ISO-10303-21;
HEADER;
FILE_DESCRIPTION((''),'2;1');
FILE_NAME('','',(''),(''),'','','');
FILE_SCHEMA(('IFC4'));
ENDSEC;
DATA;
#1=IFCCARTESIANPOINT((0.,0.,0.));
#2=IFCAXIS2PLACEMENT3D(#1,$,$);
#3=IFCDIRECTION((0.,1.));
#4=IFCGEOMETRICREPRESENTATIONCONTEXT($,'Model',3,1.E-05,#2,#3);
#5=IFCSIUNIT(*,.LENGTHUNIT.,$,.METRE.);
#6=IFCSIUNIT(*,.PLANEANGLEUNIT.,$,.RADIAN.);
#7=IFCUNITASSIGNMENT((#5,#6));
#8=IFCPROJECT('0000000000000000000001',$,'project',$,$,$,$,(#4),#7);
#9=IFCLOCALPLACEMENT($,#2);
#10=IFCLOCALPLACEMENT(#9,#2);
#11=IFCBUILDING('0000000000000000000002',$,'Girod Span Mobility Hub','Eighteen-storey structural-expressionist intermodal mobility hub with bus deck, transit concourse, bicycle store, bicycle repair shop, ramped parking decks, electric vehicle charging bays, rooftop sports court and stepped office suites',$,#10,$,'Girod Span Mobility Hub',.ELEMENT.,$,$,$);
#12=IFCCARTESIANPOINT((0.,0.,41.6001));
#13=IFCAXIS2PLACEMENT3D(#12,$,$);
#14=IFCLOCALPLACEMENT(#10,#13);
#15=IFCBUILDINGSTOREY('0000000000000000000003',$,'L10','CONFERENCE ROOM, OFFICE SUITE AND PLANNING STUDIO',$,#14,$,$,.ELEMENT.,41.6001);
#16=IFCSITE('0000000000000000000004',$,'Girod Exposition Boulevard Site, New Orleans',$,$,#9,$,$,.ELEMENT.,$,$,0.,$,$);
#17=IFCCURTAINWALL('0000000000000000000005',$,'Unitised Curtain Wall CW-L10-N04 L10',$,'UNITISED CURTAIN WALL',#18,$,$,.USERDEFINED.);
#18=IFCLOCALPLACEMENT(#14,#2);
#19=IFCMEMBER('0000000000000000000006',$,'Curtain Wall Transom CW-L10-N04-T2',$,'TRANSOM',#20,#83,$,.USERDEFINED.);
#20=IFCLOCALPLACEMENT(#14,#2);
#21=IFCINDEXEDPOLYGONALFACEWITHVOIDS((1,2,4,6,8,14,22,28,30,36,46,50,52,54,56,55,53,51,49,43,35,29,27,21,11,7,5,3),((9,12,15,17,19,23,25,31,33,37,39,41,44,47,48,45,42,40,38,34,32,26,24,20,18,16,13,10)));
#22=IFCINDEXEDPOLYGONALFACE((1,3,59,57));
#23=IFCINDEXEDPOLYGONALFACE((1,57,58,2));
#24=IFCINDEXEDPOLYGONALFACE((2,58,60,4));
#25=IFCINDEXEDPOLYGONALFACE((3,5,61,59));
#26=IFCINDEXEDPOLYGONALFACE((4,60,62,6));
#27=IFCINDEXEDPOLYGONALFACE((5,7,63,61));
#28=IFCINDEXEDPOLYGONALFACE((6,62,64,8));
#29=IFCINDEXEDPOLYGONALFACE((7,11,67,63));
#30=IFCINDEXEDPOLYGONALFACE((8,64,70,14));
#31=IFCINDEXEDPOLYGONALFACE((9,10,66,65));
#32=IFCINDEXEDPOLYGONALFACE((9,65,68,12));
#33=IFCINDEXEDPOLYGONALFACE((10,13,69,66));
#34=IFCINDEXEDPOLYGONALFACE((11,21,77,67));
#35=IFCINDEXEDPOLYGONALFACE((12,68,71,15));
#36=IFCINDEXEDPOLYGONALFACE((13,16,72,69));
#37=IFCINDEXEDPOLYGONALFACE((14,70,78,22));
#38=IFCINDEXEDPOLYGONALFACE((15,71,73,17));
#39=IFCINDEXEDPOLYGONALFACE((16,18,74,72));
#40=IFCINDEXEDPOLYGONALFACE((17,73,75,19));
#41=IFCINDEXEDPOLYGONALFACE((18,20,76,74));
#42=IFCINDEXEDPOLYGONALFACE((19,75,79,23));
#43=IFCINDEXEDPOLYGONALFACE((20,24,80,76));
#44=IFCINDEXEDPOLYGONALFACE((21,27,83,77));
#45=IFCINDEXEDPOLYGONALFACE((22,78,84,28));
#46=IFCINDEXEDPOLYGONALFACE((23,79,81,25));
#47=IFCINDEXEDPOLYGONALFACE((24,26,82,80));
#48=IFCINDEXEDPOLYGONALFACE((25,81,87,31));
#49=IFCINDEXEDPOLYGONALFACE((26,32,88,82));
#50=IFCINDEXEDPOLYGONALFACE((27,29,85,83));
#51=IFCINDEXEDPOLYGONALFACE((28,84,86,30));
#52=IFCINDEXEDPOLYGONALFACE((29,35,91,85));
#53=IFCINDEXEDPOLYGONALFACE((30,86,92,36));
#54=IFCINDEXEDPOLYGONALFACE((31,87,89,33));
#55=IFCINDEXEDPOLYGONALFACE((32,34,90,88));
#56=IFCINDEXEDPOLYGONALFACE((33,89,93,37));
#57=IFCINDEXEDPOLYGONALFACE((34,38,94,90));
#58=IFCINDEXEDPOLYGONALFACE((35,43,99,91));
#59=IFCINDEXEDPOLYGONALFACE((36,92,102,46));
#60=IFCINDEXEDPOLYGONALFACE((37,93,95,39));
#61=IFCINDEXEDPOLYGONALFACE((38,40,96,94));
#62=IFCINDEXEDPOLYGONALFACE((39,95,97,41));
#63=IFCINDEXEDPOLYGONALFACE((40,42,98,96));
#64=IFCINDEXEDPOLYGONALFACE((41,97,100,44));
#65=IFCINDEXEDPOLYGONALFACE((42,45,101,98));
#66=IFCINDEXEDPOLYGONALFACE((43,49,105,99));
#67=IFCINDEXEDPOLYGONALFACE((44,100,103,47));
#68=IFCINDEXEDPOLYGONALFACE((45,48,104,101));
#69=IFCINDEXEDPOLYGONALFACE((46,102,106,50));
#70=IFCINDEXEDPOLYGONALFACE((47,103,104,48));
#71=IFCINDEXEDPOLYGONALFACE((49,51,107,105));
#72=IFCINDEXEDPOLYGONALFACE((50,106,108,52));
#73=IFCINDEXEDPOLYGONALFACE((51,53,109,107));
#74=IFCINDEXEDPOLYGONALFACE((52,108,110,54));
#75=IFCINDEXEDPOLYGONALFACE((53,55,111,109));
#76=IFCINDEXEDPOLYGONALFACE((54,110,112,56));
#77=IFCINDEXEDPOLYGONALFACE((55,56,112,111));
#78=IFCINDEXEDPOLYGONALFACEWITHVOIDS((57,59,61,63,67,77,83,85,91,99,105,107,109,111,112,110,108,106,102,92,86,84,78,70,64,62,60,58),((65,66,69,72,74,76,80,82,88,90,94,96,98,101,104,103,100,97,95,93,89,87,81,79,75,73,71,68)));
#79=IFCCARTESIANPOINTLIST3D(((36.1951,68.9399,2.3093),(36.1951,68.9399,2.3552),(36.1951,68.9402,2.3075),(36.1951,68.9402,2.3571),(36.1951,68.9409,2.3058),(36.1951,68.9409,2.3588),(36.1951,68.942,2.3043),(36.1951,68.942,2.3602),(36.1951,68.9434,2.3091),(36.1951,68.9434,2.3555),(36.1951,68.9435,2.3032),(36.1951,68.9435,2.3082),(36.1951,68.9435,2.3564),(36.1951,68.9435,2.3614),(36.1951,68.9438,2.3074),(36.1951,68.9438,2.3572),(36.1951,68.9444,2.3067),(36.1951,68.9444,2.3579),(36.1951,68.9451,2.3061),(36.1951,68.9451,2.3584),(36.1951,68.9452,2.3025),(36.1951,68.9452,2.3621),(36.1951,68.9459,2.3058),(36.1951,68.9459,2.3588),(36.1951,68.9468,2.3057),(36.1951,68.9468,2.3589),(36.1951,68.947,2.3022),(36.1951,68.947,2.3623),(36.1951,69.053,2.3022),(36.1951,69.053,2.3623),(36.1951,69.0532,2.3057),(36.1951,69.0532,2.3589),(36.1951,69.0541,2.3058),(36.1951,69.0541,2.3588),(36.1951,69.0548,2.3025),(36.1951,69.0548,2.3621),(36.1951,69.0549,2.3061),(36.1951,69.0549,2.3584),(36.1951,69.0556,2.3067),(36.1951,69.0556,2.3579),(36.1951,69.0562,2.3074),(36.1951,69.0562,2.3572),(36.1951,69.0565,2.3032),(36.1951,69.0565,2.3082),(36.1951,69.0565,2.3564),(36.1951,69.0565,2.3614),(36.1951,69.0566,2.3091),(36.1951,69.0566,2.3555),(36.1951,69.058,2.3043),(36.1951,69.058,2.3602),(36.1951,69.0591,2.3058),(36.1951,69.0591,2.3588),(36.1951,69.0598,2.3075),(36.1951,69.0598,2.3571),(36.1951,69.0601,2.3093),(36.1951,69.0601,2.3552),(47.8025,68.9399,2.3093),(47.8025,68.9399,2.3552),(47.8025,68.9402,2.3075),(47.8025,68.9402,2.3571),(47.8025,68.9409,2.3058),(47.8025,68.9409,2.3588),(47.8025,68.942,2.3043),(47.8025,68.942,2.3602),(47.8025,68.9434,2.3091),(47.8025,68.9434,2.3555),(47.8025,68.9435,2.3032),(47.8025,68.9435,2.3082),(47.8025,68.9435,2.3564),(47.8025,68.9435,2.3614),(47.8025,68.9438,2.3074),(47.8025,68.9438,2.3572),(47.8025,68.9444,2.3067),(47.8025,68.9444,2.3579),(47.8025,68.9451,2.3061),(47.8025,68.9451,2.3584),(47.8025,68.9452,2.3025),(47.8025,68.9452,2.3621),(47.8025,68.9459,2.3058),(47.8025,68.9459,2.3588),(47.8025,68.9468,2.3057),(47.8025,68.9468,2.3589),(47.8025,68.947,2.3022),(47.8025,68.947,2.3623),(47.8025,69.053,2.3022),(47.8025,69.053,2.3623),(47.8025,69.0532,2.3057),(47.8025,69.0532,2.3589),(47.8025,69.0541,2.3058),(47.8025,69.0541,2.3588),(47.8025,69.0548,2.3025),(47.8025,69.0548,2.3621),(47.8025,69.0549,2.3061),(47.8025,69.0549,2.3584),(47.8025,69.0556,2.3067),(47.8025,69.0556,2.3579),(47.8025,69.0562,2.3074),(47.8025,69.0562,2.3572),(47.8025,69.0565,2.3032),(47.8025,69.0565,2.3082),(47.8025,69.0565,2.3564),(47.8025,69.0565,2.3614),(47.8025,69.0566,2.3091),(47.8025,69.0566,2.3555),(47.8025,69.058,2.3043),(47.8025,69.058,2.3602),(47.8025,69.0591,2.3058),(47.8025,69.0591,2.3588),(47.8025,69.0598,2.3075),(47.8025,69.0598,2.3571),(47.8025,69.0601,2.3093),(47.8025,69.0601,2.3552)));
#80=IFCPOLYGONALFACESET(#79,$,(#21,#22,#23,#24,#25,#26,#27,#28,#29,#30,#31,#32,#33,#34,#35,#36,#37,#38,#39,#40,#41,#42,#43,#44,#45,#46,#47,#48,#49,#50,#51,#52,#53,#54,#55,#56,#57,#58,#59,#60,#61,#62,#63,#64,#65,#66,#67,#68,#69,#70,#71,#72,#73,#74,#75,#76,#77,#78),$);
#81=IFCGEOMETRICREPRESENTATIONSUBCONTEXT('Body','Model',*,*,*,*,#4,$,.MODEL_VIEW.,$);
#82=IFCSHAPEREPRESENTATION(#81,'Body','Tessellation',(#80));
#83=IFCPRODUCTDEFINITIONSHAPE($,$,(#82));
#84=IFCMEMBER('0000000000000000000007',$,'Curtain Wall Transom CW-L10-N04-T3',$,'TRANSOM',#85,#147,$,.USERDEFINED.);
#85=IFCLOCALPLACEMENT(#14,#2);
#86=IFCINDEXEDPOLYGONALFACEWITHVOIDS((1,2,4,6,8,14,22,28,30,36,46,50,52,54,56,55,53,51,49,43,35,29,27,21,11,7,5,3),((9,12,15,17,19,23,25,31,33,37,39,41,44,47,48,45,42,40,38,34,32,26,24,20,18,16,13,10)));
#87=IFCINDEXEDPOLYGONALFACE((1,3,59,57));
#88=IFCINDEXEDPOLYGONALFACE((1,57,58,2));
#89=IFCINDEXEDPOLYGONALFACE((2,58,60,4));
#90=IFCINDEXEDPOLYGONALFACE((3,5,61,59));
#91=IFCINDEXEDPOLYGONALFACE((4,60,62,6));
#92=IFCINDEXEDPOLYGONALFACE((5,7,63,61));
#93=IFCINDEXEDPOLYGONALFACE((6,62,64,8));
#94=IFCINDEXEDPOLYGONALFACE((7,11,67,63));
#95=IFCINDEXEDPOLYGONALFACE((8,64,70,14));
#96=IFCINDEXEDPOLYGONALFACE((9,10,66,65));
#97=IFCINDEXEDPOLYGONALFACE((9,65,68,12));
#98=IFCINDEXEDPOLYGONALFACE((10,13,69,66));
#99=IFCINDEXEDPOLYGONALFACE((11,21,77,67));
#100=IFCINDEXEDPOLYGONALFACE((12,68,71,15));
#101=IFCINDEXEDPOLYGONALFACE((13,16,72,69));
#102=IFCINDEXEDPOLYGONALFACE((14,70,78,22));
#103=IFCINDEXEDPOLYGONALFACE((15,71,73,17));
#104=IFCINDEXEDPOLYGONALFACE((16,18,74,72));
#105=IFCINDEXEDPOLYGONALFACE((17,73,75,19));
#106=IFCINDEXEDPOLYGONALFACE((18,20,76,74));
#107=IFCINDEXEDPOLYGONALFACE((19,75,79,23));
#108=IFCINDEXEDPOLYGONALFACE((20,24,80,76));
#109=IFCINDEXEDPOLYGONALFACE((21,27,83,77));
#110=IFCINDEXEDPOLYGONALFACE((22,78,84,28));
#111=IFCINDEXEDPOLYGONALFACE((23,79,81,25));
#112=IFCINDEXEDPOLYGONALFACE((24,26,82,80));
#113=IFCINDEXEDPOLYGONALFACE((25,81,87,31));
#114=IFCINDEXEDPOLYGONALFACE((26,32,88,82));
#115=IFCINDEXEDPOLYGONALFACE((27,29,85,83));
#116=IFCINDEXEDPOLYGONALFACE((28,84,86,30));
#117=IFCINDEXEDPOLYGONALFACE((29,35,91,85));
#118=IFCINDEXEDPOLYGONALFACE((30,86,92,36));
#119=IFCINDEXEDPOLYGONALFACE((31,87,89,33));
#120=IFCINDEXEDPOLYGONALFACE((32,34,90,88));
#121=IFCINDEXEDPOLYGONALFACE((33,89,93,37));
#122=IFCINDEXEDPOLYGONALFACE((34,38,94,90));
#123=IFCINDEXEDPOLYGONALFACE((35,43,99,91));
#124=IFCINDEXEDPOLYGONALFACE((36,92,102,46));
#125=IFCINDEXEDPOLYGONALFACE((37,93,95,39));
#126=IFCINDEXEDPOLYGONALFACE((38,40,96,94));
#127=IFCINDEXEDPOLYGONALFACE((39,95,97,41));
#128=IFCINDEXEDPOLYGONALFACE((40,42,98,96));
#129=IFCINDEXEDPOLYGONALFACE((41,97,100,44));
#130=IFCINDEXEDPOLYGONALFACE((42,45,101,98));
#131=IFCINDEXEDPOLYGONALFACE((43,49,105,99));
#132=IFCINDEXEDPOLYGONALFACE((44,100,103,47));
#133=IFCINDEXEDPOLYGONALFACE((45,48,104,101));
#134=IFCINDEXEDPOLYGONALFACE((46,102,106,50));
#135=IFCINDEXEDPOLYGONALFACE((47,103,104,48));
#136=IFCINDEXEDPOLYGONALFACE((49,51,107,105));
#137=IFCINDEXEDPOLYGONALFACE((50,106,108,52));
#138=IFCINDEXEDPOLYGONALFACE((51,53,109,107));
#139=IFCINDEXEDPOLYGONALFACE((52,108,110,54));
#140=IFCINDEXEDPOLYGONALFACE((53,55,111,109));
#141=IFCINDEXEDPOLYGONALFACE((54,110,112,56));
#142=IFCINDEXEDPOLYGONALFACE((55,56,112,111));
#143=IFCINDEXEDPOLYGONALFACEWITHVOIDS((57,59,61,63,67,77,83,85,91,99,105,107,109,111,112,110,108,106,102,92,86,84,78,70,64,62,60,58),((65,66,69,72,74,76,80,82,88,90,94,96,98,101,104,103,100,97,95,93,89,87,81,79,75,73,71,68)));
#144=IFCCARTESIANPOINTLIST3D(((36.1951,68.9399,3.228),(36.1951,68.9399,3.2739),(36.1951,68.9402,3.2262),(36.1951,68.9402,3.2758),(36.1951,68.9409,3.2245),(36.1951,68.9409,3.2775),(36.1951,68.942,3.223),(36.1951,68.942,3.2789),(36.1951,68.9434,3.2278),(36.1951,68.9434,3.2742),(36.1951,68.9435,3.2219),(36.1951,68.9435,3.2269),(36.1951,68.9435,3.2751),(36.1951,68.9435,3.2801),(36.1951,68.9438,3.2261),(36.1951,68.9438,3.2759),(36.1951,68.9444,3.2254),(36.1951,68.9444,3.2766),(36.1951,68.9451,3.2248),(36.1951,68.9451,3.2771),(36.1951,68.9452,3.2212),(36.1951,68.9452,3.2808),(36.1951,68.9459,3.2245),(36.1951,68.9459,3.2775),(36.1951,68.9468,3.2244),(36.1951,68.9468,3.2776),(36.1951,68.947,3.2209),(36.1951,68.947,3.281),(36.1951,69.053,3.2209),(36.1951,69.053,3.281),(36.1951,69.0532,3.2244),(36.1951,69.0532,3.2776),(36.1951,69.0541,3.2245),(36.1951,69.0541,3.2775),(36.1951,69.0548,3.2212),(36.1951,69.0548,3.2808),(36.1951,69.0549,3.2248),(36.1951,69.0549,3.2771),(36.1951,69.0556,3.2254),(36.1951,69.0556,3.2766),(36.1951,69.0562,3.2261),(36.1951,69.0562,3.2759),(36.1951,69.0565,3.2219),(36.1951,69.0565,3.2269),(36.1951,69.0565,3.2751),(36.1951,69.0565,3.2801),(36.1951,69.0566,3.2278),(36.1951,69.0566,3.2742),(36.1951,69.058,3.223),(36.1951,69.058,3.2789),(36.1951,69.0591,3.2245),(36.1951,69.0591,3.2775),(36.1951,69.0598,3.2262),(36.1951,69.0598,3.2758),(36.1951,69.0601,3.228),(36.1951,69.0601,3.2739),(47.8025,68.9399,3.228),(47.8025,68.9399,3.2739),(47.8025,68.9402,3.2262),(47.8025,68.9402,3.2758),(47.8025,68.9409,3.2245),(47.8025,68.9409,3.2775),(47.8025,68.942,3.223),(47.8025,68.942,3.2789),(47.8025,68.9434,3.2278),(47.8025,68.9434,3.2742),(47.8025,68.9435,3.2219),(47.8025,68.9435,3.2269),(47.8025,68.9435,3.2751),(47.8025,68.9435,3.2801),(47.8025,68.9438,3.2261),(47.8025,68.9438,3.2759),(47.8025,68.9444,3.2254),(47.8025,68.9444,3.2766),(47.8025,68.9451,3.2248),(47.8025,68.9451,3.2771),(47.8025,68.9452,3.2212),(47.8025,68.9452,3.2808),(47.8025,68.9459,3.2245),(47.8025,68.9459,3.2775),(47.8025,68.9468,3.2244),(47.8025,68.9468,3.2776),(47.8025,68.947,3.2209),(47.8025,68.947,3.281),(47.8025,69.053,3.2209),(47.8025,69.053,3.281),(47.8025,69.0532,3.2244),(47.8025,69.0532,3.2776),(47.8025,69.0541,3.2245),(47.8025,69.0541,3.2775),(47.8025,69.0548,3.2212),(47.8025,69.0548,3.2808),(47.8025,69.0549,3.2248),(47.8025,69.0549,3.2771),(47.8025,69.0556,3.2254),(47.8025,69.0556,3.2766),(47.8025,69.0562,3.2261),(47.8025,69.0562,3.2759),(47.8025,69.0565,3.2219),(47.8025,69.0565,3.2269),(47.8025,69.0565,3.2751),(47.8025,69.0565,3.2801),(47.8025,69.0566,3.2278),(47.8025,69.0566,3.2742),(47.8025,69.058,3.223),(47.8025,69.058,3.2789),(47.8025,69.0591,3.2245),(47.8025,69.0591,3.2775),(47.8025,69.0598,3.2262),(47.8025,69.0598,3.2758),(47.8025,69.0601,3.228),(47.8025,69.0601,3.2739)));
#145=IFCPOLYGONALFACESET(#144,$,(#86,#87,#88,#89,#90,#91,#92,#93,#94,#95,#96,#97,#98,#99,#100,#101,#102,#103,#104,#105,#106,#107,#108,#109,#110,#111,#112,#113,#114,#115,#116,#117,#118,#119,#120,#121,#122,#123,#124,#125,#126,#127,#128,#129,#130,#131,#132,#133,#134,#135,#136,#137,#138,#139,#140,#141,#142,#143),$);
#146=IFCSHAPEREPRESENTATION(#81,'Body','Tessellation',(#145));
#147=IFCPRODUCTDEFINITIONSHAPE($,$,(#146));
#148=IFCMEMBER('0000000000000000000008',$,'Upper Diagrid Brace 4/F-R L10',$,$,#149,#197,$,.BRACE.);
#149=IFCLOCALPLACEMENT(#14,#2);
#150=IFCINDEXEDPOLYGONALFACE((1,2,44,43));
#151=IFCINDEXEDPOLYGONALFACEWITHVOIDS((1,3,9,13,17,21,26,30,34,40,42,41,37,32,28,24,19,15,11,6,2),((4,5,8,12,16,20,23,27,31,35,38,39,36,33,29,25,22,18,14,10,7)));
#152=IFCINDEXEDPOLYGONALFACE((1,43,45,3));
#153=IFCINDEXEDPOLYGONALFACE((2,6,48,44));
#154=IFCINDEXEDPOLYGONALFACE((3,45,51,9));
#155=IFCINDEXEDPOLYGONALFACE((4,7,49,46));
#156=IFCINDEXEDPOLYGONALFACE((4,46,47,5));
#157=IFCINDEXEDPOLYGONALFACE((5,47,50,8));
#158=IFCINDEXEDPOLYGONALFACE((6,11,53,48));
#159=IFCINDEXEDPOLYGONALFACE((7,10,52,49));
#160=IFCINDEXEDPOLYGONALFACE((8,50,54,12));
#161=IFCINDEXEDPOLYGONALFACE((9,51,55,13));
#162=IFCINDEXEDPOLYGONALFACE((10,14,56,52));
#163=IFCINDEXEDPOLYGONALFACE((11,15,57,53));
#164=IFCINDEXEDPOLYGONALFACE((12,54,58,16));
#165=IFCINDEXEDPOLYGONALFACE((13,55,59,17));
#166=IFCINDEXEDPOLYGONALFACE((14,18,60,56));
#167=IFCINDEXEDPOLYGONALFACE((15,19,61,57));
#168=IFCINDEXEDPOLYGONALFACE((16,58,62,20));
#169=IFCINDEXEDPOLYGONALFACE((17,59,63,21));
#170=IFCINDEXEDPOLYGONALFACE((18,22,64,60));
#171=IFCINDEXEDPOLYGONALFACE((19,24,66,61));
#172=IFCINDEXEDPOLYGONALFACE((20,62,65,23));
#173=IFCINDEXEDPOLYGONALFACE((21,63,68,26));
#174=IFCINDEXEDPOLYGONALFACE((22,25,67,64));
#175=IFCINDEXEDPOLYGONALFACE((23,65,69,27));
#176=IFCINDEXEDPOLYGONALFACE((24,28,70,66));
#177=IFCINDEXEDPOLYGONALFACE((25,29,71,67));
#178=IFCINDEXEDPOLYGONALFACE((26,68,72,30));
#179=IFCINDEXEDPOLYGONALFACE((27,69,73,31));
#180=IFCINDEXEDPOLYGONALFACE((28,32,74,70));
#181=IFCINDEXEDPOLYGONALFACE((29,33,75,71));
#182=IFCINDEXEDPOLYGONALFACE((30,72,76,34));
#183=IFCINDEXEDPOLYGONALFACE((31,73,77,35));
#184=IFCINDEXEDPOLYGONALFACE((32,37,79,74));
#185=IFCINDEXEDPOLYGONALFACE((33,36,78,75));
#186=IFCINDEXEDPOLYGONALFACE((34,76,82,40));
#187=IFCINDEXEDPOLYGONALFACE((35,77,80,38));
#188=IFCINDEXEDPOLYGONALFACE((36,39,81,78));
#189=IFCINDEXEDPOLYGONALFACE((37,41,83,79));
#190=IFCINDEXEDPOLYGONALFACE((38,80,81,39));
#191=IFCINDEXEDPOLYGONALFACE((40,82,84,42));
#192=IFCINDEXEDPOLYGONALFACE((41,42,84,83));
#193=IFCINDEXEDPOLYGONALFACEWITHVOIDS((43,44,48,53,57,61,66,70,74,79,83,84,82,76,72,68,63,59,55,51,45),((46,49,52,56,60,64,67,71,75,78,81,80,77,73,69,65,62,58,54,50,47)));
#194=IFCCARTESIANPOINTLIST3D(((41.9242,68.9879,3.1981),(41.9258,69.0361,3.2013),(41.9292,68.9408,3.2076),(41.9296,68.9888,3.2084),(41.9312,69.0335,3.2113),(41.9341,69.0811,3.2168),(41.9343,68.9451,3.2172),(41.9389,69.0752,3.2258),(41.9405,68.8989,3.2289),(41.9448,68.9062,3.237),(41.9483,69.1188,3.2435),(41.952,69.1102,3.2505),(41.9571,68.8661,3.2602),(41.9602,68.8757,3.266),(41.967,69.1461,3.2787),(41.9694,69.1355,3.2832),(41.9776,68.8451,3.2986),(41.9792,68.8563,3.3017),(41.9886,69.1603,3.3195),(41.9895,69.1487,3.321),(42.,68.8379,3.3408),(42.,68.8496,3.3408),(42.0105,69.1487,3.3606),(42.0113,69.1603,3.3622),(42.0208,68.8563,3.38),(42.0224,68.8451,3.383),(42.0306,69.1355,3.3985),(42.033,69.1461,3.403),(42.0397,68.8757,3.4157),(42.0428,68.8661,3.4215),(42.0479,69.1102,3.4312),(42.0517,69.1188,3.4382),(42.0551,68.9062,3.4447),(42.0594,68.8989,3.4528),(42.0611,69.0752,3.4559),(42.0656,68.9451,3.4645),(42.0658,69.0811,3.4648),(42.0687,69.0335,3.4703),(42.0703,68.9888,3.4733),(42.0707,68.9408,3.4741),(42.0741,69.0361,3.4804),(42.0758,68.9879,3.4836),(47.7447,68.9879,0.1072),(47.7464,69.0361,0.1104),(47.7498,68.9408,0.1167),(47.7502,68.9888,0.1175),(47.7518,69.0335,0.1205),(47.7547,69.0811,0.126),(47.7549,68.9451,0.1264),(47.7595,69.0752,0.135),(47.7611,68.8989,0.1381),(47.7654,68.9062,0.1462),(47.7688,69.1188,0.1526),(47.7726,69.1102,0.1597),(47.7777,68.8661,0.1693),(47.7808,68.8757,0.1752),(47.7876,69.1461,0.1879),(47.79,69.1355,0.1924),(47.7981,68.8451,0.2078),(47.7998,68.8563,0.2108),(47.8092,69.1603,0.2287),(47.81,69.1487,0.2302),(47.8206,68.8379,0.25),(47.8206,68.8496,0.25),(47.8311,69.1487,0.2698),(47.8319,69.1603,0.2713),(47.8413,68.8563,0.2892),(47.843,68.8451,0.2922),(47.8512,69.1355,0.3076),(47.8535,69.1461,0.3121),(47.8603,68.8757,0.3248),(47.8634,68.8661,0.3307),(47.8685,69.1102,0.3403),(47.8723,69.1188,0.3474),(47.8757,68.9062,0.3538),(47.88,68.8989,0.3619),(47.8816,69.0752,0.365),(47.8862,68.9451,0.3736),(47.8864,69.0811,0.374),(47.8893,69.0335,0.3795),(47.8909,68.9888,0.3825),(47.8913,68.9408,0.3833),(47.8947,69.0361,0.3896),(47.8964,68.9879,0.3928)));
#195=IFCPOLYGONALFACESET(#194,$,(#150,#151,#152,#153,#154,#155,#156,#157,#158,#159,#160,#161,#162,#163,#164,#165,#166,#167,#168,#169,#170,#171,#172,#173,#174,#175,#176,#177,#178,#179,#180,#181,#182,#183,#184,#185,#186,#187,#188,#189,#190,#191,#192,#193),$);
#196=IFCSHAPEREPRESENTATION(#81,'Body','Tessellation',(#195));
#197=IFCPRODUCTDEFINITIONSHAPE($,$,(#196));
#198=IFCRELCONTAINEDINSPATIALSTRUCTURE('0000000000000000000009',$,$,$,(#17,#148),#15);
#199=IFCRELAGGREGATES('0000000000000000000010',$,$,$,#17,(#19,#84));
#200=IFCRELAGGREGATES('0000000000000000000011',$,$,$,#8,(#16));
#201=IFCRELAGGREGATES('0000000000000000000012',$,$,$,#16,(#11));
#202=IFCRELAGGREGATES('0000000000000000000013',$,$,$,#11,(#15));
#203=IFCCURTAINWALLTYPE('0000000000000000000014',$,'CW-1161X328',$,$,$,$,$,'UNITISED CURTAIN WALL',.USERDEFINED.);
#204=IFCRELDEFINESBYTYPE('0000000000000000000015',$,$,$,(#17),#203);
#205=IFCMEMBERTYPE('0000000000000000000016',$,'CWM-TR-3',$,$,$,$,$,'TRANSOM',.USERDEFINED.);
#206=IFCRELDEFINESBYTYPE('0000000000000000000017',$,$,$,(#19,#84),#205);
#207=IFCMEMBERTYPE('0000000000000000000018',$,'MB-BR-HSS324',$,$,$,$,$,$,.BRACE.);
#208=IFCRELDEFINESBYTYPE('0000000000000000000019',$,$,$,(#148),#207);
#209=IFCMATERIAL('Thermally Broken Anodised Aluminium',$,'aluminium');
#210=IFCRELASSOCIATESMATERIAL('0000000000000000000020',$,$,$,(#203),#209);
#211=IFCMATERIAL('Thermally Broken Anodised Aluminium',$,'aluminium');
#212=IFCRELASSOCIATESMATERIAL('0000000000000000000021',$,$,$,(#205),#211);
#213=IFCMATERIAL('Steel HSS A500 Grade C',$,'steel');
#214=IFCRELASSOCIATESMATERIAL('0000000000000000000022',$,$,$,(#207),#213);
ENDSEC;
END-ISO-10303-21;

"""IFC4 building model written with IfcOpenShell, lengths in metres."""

from ifc_helpers import new_model, si_unit, direction, frame, origin, origin_2d, place, context, subcontext, project, spatial, hollow_rectangle, hollow_circle, extrude, material, material_profile, profile_set, type_object, element, aggregate, save


model = new_model("IFC4")

# Units and contexts
model_context = context("Model", 3, precision=1e-05, world=origin(), true_north=direction((0.0, 1.0)))
body_context = subcontext(model_context, "Body", "Model", "MODEL_VIEW")
ifc_project = project(units=[si_unit("LENGTHUNIT", "METRE"), si_unit("PLANEANGLEUNIT", "RADIAN")], contexts=[model_context])

# Site, building, storey
site_placement = place(None, origin())
site = spatial("IfcSite", under=ifc_project, at=site_placement, Name="Girod Exposition Boulevard Site, New Orleans", CompositionType="ELEMENT", RefElevation=0.0)
building_placement = place(site_placement, origin())
building = spatial("IfcBuilding", under=site, at=building_placement, Name="Girod Span Mobility Hub", Description="Eighteen-storey structural-expressionist intermodal mobility hub with bus deck, transit concourse, bicycle store, bicycle repair shop, ramped parking decks, electric vehicle charging bays, rooftop sports court and stepped office suites", LongName="Girod Span Mobility Hub", CompositionType="ELEMENT")
storey_placement = place(building_placement, frame((0.0, 0.0, 41.6001)))
storey = spatial("IfcBuildingStorey", under=building, at=storey_placement, Name="L10", Description="CONFERENCE ROOM, OFFICE SUITE AND PLANNING STUDIO", CompositionType="ELEMENT", Elevation=41.6001)

# Curtain wall, members
ifc_material_1 = material(Name="Thermally Broken Anodised Aluminium", Category="aluminium")
curtain_wall_type = type_object("IfcCurtainWallType", Name="CW-1161X328", ElementType="UNITISED CURTAIN WALL", PredefinedType="USERDEFINED", material=ifc_material_1)
curtain_wall_placement = place(storey_placement, origin())
curtain_wall = element("IfcCurtainWall", 1, at=curtain_wall_placement, inside=storey, type_object=curtain_wall_type, Name="Unitised Curtain Wall CW-L10-N04 L10", ObjectType="UNITISED CURTAIN WALL", PredefinedType="USERDEFINED")
ifc_material_2 = material(Name="Thermally Broken Anodised Aluminium", Category="aluminium")
ifc_material_profile_1 = material_profile(ifc_material_2, hollow_rectangle(XDim=0.1201, YDim=0.0601, WallThickness=0.0034, InnerFilletRadius=0.0034, OuterFilletRadius=0.0071, at=origin_2d()), Name="CW-TR-60X120")
ifc_profile_set_1 = profile_set([ifc_material_profile_1], Name="Thermally Broken Anodised Aluminium")
member_type_1 = type_object("IfcMemberType", Name="CWM-TR-3", ElementType="TRANSOM", PredefinedType="USERDEFINED", material=ifc_profile_set_1)
member_1_placement = place(storey_placement, frame((36.1951, 69.0, 2.3323), z_axis=(1.0, 0.0, 0.0), x_axis=(0.0, 1.0, 0.0)))
member_1 = element("IfcMember", 2, at=member_1_placement, type_object=member_type_1, Name="Curtain Wall Transom CW-L10-N04-T2", ObjectType="TRANSOM", PredefinedType="USERDEFINED", context=body_context, shape_type="SweptSolid", body=[
    extrude(hollow_rectangle(XDim=0.1201, YDim=0.0601, WallThickness=0.0034, InnerFilletRadius=0.0034, OuterFilletRadius=0.0071, at=origin_2d()), origin(), (0.0, 0.0, 1.0), 11.6074),
])
member_2_placement = place(storey_placement, frame((36.1951, 69.0, 3.251), z_axis=(1.0, 0.0, 0.0), x_axis=(0.0, 1.0, 0.0)))
member_2 = element("IfcMember", 3, at=member_2_placement, type_object=member_type_1, Name="Curtain Wall Transom CW-L10-N04-T3", ObjectType="TRANSOM", PredefinedType="USERDEFINED", context=body_context, shape_type="SweptSolid", body=[
    extrude(hollow_rectangle(XDim=0.1201, YDim=0.0601, WallThickness=0.0034, InnerFilletRadius=0.0034, OuterFilletRadius=0.0071, at=origin_2d()), origin(), (0.0, 0.0, 1.0), 11.6074),
])

# Member
ifc_material_3 = material(Name="Steel HSS A500 Grade C", Category="steel")
ifc_material_profile_2 = material_profile(ifc_material_3, hollow_circle(Radius=0.1621, WallThickness=0.0117, at=origin_2d()), Name="HSS324X12.7")
ifc_profile_set_2 = profile_set([ifc_material_profile_2], Name="Steel HSS A500 Grade C")
member_type_2 = type_object("IfcMemberType", Name="MB-BR-HSS324", PredefinedType="BRACE", material=ifc_profile_set_2)
member_3_placement = place(storey_placement, frame((47.8206, 69.0, 0.25), z_axis=(-0.883201, 0.0, 0.468995), x_axis=(0.0, -1.0, 0.0)))
element("IfcMember", 4, at=member_3_placement, inside=storey, type_object=member_type_2, Name="Upper Diagrid Brace 4/F-R L10", PredefinedType="BRACE", context=body_context, shape_type="SweptSolid", body=[
    extrude(hollow_circle(Radius=0.1621, WallThickness=0.0117, at=origin_2d()), origin(), (0.0, 0.0, 1.0), 6.5903),
])

aggregate(curtain_wall, [member_1, member_2])

save(model, "model.ifc")
